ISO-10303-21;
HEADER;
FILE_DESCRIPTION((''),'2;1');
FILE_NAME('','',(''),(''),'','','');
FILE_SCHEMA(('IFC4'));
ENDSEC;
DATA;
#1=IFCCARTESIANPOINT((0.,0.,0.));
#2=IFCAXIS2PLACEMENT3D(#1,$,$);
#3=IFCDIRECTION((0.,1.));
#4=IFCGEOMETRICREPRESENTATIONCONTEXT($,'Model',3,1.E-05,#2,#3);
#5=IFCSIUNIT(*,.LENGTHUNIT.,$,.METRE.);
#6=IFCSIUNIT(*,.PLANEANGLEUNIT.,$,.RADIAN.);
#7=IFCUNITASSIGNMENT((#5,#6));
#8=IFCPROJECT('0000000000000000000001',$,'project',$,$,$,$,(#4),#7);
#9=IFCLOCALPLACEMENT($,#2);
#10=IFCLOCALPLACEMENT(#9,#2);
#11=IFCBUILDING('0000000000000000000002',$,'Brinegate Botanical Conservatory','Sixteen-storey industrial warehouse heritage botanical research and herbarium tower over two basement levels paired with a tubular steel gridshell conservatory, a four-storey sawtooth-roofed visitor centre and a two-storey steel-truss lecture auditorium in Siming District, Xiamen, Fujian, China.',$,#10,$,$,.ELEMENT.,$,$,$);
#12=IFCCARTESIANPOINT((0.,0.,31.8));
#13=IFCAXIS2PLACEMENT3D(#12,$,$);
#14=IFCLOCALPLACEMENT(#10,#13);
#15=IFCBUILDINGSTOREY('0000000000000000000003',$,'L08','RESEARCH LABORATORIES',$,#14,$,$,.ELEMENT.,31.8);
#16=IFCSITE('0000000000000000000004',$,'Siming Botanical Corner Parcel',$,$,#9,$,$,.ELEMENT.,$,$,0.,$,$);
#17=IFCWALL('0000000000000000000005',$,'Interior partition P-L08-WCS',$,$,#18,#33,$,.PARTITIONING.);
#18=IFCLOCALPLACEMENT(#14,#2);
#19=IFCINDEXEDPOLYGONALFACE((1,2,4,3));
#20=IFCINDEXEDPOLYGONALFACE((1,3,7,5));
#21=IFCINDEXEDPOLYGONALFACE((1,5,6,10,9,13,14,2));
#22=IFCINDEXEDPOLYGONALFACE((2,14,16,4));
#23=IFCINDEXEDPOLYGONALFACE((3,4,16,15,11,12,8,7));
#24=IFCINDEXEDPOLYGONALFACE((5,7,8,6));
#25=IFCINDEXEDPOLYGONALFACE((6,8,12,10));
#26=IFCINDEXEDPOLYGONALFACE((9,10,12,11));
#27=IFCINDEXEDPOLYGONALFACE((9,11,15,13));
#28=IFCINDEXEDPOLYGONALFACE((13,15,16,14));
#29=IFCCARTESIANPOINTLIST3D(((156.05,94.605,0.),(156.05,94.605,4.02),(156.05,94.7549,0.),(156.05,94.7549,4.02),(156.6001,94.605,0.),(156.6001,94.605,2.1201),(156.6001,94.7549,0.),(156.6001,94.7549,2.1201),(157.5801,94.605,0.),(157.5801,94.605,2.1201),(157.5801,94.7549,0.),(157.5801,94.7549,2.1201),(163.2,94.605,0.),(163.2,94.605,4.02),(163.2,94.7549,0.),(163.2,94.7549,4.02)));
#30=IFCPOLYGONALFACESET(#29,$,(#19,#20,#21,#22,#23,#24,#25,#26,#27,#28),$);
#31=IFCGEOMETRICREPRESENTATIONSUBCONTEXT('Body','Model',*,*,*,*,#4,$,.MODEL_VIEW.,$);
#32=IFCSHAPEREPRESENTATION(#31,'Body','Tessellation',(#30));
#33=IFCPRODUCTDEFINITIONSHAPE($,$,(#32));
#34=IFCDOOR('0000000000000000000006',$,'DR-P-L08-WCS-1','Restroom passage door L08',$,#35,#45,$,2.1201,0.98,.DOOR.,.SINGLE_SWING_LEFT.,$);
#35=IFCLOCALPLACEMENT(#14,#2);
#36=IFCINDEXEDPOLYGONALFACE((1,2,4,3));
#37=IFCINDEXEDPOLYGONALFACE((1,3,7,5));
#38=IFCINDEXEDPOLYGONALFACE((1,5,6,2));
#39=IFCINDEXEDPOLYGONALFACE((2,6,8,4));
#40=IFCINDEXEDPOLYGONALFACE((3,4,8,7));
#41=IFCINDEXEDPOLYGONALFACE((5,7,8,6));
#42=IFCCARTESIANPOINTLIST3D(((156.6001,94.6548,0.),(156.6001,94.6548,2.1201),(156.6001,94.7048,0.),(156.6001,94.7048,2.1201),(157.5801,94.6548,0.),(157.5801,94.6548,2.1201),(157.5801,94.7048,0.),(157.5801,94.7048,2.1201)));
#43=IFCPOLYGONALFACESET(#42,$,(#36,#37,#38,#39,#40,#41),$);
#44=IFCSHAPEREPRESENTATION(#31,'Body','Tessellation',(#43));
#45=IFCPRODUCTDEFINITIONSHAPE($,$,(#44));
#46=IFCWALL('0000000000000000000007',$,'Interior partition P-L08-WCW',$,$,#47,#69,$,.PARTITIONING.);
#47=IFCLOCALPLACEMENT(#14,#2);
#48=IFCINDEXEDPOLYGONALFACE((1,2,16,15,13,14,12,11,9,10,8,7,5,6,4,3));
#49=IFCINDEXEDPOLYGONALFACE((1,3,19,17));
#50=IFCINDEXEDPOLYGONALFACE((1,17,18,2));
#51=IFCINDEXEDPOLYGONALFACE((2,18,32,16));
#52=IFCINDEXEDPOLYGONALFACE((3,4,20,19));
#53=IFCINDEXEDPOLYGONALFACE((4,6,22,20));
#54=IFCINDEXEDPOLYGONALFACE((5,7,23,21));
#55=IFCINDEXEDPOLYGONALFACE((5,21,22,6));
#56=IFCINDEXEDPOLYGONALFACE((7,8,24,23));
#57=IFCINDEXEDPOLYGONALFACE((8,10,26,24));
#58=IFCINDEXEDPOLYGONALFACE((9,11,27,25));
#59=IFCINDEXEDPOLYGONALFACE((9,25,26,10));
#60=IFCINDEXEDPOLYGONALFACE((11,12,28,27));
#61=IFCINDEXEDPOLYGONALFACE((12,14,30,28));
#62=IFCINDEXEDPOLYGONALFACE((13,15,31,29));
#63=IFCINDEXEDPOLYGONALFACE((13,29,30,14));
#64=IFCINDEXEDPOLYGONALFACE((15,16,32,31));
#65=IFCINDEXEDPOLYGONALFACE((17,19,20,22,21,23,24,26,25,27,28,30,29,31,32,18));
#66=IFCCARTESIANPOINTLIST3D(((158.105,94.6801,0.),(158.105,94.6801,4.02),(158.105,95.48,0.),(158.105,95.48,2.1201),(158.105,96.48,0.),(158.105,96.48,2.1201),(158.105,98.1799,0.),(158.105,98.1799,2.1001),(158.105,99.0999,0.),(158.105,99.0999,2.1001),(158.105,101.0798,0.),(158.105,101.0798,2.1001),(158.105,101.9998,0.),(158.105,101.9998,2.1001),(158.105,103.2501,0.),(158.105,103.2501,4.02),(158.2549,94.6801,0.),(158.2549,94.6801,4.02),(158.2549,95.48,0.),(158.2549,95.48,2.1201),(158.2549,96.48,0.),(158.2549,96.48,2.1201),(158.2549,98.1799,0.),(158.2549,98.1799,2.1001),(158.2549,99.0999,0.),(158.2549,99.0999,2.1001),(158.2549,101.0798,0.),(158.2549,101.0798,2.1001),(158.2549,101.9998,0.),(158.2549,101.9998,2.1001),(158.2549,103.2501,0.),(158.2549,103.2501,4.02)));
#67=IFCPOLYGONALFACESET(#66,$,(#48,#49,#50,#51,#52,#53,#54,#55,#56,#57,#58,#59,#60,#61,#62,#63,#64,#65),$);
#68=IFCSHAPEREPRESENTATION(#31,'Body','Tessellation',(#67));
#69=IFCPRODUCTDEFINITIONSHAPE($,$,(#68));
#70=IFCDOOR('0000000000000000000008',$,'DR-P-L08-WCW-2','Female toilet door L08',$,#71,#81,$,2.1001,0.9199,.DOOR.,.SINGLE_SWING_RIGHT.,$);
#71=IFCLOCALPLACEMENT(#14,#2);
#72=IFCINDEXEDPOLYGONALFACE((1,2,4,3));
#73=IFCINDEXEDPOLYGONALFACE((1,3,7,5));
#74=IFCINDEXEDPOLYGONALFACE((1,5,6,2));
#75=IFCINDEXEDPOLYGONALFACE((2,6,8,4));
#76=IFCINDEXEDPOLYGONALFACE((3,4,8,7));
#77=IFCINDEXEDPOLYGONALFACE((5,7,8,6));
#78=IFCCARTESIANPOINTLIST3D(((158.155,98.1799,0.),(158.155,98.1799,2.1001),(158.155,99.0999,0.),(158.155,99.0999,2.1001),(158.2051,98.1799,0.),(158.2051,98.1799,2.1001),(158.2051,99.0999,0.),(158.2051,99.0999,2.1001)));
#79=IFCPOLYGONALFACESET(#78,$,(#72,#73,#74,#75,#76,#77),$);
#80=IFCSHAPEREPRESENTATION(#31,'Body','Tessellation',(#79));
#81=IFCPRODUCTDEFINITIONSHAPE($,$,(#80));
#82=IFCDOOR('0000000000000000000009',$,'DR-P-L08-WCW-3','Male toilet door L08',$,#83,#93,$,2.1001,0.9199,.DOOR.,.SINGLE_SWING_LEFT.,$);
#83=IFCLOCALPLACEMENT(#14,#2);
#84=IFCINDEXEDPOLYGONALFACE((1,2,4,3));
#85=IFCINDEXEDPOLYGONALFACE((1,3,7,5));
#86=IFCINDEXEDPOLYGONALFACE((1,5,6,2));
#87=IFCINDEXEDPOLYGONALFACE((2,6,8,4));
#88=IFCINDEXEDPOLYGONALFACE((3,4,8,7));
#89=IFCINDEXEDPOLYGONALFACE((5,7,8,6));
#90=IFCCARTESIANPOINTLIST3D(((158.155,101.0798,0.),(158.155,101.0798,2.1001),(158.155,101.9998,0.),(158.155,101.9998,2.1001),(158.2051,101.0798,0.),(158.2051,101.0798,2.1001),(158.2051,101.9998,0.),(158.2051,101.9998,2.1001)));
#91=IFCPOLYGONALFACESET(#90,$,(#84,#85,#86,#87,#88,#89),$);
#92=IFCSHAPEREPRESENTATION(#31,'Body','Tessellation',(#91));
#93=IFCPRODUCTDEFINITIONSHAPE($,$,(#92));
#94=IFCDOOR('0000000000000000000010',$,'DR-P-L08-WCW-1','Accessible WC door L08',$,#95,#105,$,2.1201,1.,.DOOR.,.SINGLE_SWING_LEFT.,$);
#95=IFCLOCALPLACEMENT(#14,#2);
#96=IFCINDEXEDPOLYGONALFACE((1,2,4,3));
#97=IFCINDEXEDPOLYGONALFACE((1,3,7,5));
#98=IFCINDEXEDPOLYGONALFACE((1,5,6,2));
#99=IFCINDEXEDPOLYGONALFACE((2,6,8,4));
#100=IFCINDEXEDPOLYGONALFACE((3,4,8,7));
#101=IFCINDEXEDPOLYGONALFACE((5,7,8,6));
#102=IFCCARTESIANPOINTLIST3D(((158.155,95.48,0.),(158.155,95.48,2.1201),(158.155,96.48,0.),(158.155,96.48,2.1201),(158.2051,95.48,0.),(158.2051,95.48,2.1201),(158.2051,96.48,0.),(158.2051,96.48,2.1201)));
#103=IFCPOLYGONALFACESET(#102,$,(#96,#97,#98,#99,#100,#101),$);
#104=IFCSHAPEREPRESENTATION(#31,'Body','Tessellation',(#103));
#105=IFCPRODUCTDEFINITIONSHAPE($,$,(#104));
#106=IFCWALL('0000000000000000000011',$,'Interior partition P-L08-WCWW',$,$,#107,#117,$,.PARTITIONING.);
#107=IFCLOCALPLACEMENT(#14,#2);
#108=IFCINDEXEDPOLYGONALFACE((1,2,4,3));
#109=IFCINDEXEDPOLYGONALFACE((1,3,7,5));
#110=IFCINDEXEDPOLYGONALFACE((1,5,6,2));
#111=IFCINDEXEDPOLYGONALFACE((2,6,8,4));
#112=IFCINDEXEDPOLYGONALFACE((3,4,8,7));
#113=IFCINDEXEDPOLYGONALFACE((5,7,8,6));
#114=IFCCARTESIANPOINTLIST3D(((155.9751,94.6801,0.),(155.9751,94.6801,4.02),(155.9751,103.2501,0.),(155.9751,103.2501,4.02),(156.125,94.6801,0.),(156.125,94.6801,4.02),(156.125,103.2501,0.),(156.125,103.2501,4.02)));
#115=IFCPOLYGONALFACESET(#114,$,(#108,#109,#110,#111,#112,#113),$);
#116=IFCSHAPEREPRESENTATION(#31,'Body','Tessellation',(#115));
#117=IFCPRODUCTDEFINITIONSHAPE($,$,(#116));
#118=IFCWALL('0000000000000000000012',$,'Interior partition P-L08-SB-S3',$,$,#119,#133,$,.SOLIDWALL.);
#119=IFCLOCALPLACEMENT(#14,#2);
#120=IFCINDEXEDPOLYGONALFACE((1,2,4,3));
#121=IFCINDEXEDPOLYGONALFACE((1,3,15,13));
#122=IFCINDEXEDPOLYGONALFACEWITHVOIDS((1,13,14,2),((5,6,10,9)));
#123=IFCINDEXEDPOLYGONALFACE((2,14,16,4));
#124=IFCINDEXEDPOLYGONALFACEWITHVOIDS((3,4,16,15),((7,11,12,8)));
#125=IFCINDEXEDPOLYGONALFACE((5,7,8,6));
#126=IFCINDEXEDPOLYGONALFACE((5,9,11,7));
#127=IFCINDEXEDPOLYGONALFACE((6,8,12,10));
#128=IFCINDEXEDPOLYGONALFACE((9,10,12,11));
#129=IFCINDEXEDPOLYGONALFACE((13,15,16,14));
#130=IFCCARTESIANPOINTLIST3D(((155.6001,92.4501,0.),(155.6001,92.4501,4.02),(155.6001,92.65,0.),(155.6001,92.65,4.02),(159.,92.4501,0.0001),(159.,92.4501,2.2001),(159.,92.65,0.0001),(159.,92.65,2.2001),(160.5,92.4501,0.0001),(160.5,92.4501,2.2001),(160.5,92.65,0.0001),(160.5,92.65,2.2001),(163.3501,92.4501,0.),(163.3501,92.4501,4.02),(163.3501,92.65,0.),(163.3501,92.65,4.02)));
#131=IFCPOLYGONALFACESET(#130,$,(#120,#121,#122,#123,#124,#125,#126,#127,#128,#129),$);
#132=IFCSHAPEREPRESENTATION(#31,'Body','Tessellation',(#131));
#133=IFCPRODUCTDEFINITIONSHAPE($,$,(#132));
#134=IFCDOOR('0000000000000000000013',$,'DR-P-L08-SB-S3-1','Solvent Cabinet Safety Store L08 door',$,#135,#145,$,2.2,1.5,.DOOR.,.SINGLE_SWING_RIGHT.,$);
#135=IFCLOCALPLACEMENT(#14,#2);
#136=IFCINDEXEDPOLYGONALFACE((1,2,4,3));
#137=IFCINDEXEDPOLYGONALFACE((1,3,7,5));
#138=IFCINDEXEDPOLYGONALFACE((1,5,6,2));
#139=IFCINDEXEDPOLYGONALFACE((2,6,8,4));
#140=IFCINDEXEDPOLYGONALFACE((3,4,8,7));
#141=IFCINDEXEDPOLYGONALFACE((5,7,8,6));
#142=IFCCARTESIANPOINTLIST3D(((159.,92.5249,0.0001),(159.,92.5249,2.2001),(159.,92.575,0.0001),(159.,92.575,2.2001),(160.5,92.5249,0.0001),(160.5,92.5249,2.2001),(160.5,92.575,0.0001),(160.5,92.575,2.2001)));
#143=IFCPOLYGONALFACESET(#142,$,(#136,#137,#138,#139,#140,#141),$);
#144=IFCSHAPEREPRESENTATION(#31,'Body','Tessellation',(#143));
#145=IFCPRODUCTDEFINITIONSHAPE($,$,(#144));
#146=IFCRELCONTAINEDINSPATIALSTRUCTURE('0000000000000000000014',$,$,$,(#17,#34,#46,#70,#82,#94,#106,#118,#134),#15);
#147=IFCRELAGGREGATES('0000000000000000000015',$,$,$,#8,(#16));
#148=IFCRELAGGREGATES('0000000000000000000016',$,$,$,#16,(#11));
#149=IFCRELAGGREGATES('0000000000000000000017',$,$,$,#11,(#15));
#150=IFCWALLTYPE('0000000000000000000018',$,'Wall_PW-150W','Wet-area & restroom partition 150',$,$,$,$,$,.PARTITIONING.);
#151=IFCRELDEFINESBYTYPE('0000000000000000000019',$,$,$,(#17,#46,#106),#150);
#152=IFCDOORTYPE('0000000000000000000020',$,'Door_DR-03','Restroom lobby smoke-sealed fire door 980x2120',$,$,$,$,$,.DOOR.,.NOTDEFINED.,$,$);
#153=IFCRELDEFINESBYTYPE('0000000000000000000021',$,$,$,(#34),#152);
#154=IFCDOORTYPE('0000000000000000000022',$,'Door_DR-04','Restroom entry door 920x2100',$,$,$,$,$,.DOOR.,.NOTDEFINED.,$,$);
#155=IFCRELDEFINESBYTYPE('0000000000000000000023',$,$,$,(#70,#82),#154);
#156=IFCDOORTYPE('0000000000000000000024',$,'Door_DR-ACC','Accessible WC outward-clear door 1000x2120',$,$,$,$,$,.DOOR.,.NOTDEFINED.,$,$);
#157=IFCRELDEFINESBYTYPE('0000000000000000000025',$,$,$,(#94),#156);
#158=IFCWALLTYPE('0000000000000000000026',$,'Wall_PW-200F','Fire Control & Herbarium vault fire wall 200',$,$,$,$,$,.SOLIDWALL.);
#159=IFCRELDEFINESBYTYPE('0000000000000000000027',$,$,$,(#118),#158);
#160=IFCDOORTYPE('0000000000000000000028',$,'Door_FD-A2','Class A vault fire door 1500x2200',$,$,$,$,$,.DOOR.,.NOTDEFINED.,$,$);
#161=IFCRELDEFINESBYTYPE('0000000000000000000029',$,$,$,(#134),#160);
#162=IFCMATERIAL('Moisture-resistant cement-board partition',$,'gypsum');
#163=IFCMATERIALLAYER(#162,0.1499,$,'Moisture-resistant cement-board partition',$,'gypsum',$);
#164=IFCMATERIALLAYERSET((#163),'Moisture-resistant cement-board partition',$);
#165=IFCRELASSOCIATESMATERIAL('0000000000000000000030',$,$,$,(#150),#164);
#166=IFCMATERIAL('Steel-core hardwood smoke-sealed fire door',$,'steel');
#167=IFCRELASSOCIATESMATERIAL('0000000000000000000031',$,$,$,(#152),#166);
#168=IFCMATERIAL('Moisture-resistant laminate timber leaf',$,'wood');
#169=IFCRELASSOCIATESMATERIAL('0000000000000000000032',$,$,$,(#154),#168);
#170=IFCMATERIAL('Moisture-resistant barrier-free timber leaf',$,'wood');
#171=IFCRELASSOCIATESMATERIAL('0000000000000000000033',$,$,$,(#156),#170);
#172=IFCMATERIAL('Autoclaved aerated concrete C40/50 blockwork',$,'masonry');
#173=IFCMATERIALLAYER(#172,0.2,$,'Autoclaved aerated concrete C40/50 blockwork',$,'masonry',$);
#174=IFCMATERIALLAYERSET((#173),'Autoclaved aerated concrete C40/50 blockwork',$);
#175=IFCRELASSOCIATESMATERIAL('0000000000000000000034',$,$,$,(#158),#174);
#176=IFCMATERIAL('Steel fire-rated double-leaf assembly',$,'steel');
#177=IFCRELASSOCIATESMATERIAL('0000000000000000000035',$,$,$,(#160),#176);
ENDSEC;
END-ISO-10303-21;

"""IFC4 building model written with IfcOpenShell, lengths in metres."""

from ifc_helpers import new_model, si_unit, direction, frame, frame_2d, origin, place, context, subcontext, project, spatial, rectangle, extrude, material, layer, layer_set, type_object, element, fill, save


model = new_model("IFC4")

# Units and contexts
model_context = context("Model", 3, precision=1e-05, world=origin(), true_north=direction((0.0, 1.0)))
body_context = subcontext(model_context, "Body", "Model", "MODEL_VIEW")
ifc_project = project(units=[si_unit("LENGTHUNIT", "METRE"), si_unit("PLANEANGLEUNIT", "RADIAN")], contexts=[model_context])

# Site, building, storey
site_placement = place(None, origin())
site = spatial("IfcSite", under=ifc_project, at=site_placement, Name="Siming Botanical Corner Parcel", CompositionType="ELEMENT", RefElevation=0.0)
building_placement = place(site_placement, origin())
building = spatial("IfcBuilding", under=site, at=building_placement, Name="Brinegate Botanical Conservatory", Description="Sixteen-storey industrial warehouse heritage botanical research and herbarium tower over two basement levels paired with a tubular steel gridshell conservatory, a four-storey sawtooth-roofed visitor centre and a two-storey steel-truss lecture auditorium in Siming District, Xiamen, Fujian, China.", CompositionType="ELEMENT")
storey_placement = place(building_placement, frame((0.0, 0.0, 31.8)))
storey = spatial("IfcBuildingStorey", under=building, at=storey_placement, Name="L08", Description="RESEARCH LABORATORIES", CompositionType="ELEMENT", Elevation=31.8)

# Wall, opening, door
ifc_material_1 = material(Name="Moisture-resistant cement-board partition", Category="gypsum")
ifc_layer_1 = layer(ifc_material_1, 0.1499, Name="Moisture-resistant cement-board partition", Category="gypsum")
ifc_layer_set_1 = layer_set([ifc_layer_1], Name="Moisture-resistant cement-board partition")
wall_type_1 = type_object("IfcWallType", Name="Wall_PW-150W", Description="Wet-area & restroom partition 150", PredefinedType="PARTITIONING", material=ifc_layer_set_1)
wall_1_placement = place(storey_placement, frame((156.05, 94.6799, 0.0), z_axis=(0.0, 0.0, 1.0), x_axis=(1.0, 0.0, 0.0)))
wall_1 = element("IfcWall", 1, at=wall_1_placement, inside=storey, type_object=wall_type_1, Name="Interior partition P-L08-WCS", PredefinedType="PARTITIONING", context=body_context, shape_type="SweptSolid", body=[
    extrude(rectangle(XDim=7.1499, YDim=0.1499, at=frame_2d((3.575, 0.0))), origin(), (0.0, 0.0, 1.0), 4.02),
])
opening_1_placement = place(wall_1_placement, frame((0.55, 0.0, 0.0)))
opening_1 = element("IfcOpeningElement", 2, at=opening_1_placement, cuts=wall_1, PredefinedType="OPENING", context=body_context, shape_type="SweptSolid", body=[
    extrude(rectangle(XDim=0.98, YDim=2.1201, at=frame_2d((0.49, 1.0601))), frame((0.0, 0.085, 0.0), z_axis=(0.0, -1.0, 0.0), x_axis=(1.0, 0.0, 0.0)), (0.0, 0.0, 1.0), 0.1699),
])
ifc_material_2 = material(Name="Steel-core hardwood smoke-sealed fire door", Category="steel")
door_type_1 = type_object("IfcDoorType", Name="Door_DR-03", Description="Restroom lobby smoke-sealed fire door 980x2120", OperationType="NOTDEFINED", PredefinedType="DOOR", material=ifc_material_2)
door_1_placement = place(opening_1_placement, origin())
door_1 = element("IfcDoor", 3, at=door_1_placement, inside=storey, type_object=door_type_1, Name="DR-P-L08-WCS-1", Description="Restroom passage door L08", OperationType="SINGLE_SWING_LEFT", OverallHeight=2.1201, OverallWidth=0.98, PredefinedType="DOOR", context=body_context, shape_type="SweptSolid", body=[
    extrude(rectangle(XDim=0.98, YDim=2.1201, at=frame_2d((0.49, 1.0601))), frame((0.0, 0.0249, 0.0), z_axis=(0.0, -1.0, 0.0), x_axis=(1.0, 0.0, 0.0)), (0.0, 0.0, 1.0), 0.05),
])
fill(opening_1, door_1)

# Wall, openings, doors
wall_2_placement = place(storey_placement, frame((158.1799, 94.6799, 0.0), z_axis=(0.0, 0.0, 1.0), x_axis=(0.0, 1.0, 0.0)))
wall_2 = element("IfcWall", 4, at=wall_2_placement, inside=storey, type_object=wall_type_1, Name="Interior partition P-L08-WCW", PredefinedType="PARTITIONING", context=body_context, shape_type="SweptSolid", body=[
    extrude(rectangle(XDim=8.5701, YDim=0.1499, at=frame_2d((4.2852, 0.0))), origin(), (0.0, 0.0, 1.0), 4.02),
])
opening_2_placement = place(wall_2_placement, frame((0.8, 0.0, 0.0)))
opening_2 = element("IfcOpeningElement", 5, at=opening_2_placement, cuts=wall_2, PredefinedType="OPENING", context=body_context, shape_type="SweptSolid", body=[
    extrude(rectangle(XDim=1.0, YDim=2.1201, at=frame_2d((0.5, 1.0601))), frame((0.0, 0.085, 0.0), z_axis=(0.0, -1.0, 0.0), x_axis=(1.0, 0.0, 0.0)), (0.0, 0.0, 1.0), 0.1699),
])
opening_3_placement = place(wall_2_placement, frame((3.5, 0.0, 0.0)))
opening_3 = element("IfcOpeningElement", 6, at=opening_3_placement, cuts=wall_2, PredefinedType="OPENING", context=body_context, shape_type="SweptSolid", body=[
    extrude(rectangle(XDim=0.9199, YDim=2.1001, at=frame_2d((0.46, 1.05))), frame((0.0, 0.085, 0.0), z_axis=(0.0, -1.0, 0.0), x_axis=(1.0, 0.0, 0.0)), (0.0, 0.0, 1.0), 0.1699),
])
opening_4_placement = place(wall_2_placement, frame((6.3999, 0.0, 0.0)))
opening_4 = element("IfcOpeningElement", 7, at=opening_4_placement, cuts=wall_2, PredefinedType="OPENING", context=body_context, shape_type="SweptSolid", body=[
    extrude(rectangle(XDim=0.9199, YDim=2.1001, at=frame_2d((0.46, 1.05))), frame((0.0, 0.085, 0.0), z_axis=(0.0, -1.0, 0.0), x_axis=(1.0, 0.0, 0.0)), (0.0, 0.0, 1.0), 0.1699),
])
ifc_material_3 = material(Name="Moisture-resistant laminate timber leaf", Category="wood")
door_type_2 = type_object("IfcDoorType", Name="Door_DR-04", Description="Restroom entry door 920x2100", OperationType="NOTDEFINED", PredefinedType="DOOR", material=ifc_material_3)
door_2_placement = place(opening_3_placement, origin())
door_2 = element("IfcDoor", 8, at=door_2_placement, inside=storey, type_object=door_type_2, Name="DR-P-L08-WCW-2", Description="Female toilet door L08", OperationType="SINGLE_SWING_RIGHT", OverallHeight=2.1001, OverallWidth=0.9199, PredefinedType="DOOR", context=body_context, shape_type="SweptSolid", body=[
    extrude(rectangle(XDim=0.9199, YDim=2.1001, at=frame_2d((0.46, 1.05))), frame((0.0, 0.0249, 0.0), z_axis=(0.0, -1.0, 0.0), x_axis=(1.0, 0.0, 0.0)), (0.0, 0.0, 1.0), 0.05),
])
fill(opening_3, door_2)
door_3_placement = place(opening_4_placement, origin())
door_3 = element("IfcDoor", 9, at=door_3_placement, inside=storey, type_object=door_type_2, Name="DR-P-L08-WCW-3", Description="Male toilet door L08", OperationType="SINGLE_SWING_LEFT", OverallHeight=2.1001, OverallWidth=0.9199, PredefinedType="DOOR", context=body_context, shape_type="SweptSolid", body=[
    extrude(rectangle(XDim=0.9199, YDim=2.1001, at=frame_2d((0.46, 1.05))), frame((0.0, 0.0249, 0.0), z_axis=(0.0, -1.0, 0.0), x_axis=(1.0, 0.0, 0.0)), (0.0, 0.0, 1.0), 0.05),
])
fill(opening_4, door_3)
ifc_material_4 = material(Name="Moisture-resistant barrier-free timber leaf", Category="wood")
door_type_3 = type_object("IfcDoorType", Name="Door_DR-ACC", Description="Accessible WC outward-clear door 1000x2120", OperationType="NOTDEFINED", PredefinedType="DOOR", material=ifc_material_4)
door_4_placement = place(opening_2_placement, origin())
door_4 = element("IfcDoor", 10, at=door_4_placement, inside=storey, type_object=door_type_3, Name="DR-P-L08-WCW-1", Description="Accessible WC door L08", OperationType="SINGLE_SWING_LEFT", OverallHeight=2.1201, OverallWidth=1.0, PredefinedType="DOOR", context=body_context, shape_type="SweptSolid", body=[
    extrude(rectangle(XDim=1.0, YDim=2.1201, at=frame_2d((0.5, 1.0601))), frame((0.0, 0.0249, 0.0), z_axis=(0.0, -1.0, 0.0), x_axis=(1.0, 0.0, 0.0)), (0.0, 0.0, 1.0), 0.05),
])
fill(opening_2, door_4)

# Wall
wall_3_placement = place(storey_placement, frame((156.05, 94.6799, 0.0), z_axis=(0.0, 0.0, 1.0), x_axis=(0.0, 1.0, 0.0)))
element("IfcWall", 11, at=wall_3_placement, inside=storey, type_object=wall_type_1, Name="Interior partition P-L08-WCWW", PredefinedType="PARTITIONING", context=body_context, shape_type="SweptSolid", body=[
    extrude(rectangle(XDim=8.5701, YDim=0.1499, at=frame_2d((4.2852, 0.0))), origin(), (0.0, 0.0, 1.0), 4.02),
])

# Wall, opening, door
ifc_material_5 = material(Name="Autoclaved aerated concrete C40/50 blockwork", Category="masonry")
ifc_layer_2 = layer(ifc_material_5, 0.2, Name="Autoclaved aerated concrete C40/50 blockwork", Category="masonry")
ifc_layer_set_2 = layer_set([ifc_layer_2], Name="Autoclaved aerated concrete C40/50 blockwork")
wall_type_2 = type_object("IfcWallType", Name="Wall_PW-200F", Description="Fire Control & Herbarium vault fire wall 200", PredefinedType="SOLIDWALL", material=ifc_layer_set_2)
wall_4_placement = place(storey_placement, frame((155.6001, 92.55, 0.0), z_axis=(0.0, 0.0, 1.0), x_axis=(1.0, 0.0, 0.0)))
wall_4 = element("IfcWall", 12, at=wall_4_placement, inside=storey, type_object=wall_type_2, Name="Interior partition P-L08-SB-S3", PredefinedType="SOLIDWALL", context=body_context, shape_type="SweptSolid", body=[
    extrude(rectangle(XDim=7.75, YDim=0.2, at=frame_2d((3.875, 0.0))), origin(), (0.0, 0.0, 1.0), 4.02),
])
opening_5_placement = place(wall_4_placement, frame((3.3999, 0.0, 0.0)))
opening_5 = element("IfcOpeningElement", 13, at=opening_5_placement, cuts=wall_4, PredefinedType="OPENING", context=body_context, shape_type="SweptSolid", body=[
    extrude(rectangle(XDim=1.5, YDim=2.2, at=frame_2d((0.75, 1.1001))), frame((0.0, 0.1099, 0.0), z_axis=(0.0, -1.0, 0.0), x_axis=(1.0, 0.0, 0.0)), (0.0, 0.0, 1.0), 0.22),
])
ifc_material_6 = material(Name="Steel fire-rated double-leaf assembly", Category="steel")
door_type_4 = type_object("IfcDoorType", Name="Door_FD-A2", Description="Class A vault fire door 1500x2200", OperationType="NOTDEFINED", PredefinedType="DOOR", material=ifc_material_6)
door_5_placement = place(opening_5_placement, origin())
door_5 = element("IfcDoor", 14, at=door_5_placement, inside=storey, type_object=door_type_4, Name="DR-P-L08-SB-S3-1", Description="Solvent Cabinet Safety Store L08 door", OperationType="SINGLE_SWING_RIGHT", OverallHeight=2.2, OverallWidth=1.5, PredefinedType="DOOR", context=body_context, shape_type="SweptSolid", body=[
    extrude(rectangle(XDim=1.5, YDim=2.2, at=frame_2d((0.75, 1.1001))), frame((0.0, 0.0249, 0.0), z_axis=(0.0, -1.0, 0.0), x_axis=(1.0, 0.0, 0.0)), (0.0, 0.0, 1.0), 0.05),
])
fill(opening_5, door_5)

save(model, "model.ifc")
